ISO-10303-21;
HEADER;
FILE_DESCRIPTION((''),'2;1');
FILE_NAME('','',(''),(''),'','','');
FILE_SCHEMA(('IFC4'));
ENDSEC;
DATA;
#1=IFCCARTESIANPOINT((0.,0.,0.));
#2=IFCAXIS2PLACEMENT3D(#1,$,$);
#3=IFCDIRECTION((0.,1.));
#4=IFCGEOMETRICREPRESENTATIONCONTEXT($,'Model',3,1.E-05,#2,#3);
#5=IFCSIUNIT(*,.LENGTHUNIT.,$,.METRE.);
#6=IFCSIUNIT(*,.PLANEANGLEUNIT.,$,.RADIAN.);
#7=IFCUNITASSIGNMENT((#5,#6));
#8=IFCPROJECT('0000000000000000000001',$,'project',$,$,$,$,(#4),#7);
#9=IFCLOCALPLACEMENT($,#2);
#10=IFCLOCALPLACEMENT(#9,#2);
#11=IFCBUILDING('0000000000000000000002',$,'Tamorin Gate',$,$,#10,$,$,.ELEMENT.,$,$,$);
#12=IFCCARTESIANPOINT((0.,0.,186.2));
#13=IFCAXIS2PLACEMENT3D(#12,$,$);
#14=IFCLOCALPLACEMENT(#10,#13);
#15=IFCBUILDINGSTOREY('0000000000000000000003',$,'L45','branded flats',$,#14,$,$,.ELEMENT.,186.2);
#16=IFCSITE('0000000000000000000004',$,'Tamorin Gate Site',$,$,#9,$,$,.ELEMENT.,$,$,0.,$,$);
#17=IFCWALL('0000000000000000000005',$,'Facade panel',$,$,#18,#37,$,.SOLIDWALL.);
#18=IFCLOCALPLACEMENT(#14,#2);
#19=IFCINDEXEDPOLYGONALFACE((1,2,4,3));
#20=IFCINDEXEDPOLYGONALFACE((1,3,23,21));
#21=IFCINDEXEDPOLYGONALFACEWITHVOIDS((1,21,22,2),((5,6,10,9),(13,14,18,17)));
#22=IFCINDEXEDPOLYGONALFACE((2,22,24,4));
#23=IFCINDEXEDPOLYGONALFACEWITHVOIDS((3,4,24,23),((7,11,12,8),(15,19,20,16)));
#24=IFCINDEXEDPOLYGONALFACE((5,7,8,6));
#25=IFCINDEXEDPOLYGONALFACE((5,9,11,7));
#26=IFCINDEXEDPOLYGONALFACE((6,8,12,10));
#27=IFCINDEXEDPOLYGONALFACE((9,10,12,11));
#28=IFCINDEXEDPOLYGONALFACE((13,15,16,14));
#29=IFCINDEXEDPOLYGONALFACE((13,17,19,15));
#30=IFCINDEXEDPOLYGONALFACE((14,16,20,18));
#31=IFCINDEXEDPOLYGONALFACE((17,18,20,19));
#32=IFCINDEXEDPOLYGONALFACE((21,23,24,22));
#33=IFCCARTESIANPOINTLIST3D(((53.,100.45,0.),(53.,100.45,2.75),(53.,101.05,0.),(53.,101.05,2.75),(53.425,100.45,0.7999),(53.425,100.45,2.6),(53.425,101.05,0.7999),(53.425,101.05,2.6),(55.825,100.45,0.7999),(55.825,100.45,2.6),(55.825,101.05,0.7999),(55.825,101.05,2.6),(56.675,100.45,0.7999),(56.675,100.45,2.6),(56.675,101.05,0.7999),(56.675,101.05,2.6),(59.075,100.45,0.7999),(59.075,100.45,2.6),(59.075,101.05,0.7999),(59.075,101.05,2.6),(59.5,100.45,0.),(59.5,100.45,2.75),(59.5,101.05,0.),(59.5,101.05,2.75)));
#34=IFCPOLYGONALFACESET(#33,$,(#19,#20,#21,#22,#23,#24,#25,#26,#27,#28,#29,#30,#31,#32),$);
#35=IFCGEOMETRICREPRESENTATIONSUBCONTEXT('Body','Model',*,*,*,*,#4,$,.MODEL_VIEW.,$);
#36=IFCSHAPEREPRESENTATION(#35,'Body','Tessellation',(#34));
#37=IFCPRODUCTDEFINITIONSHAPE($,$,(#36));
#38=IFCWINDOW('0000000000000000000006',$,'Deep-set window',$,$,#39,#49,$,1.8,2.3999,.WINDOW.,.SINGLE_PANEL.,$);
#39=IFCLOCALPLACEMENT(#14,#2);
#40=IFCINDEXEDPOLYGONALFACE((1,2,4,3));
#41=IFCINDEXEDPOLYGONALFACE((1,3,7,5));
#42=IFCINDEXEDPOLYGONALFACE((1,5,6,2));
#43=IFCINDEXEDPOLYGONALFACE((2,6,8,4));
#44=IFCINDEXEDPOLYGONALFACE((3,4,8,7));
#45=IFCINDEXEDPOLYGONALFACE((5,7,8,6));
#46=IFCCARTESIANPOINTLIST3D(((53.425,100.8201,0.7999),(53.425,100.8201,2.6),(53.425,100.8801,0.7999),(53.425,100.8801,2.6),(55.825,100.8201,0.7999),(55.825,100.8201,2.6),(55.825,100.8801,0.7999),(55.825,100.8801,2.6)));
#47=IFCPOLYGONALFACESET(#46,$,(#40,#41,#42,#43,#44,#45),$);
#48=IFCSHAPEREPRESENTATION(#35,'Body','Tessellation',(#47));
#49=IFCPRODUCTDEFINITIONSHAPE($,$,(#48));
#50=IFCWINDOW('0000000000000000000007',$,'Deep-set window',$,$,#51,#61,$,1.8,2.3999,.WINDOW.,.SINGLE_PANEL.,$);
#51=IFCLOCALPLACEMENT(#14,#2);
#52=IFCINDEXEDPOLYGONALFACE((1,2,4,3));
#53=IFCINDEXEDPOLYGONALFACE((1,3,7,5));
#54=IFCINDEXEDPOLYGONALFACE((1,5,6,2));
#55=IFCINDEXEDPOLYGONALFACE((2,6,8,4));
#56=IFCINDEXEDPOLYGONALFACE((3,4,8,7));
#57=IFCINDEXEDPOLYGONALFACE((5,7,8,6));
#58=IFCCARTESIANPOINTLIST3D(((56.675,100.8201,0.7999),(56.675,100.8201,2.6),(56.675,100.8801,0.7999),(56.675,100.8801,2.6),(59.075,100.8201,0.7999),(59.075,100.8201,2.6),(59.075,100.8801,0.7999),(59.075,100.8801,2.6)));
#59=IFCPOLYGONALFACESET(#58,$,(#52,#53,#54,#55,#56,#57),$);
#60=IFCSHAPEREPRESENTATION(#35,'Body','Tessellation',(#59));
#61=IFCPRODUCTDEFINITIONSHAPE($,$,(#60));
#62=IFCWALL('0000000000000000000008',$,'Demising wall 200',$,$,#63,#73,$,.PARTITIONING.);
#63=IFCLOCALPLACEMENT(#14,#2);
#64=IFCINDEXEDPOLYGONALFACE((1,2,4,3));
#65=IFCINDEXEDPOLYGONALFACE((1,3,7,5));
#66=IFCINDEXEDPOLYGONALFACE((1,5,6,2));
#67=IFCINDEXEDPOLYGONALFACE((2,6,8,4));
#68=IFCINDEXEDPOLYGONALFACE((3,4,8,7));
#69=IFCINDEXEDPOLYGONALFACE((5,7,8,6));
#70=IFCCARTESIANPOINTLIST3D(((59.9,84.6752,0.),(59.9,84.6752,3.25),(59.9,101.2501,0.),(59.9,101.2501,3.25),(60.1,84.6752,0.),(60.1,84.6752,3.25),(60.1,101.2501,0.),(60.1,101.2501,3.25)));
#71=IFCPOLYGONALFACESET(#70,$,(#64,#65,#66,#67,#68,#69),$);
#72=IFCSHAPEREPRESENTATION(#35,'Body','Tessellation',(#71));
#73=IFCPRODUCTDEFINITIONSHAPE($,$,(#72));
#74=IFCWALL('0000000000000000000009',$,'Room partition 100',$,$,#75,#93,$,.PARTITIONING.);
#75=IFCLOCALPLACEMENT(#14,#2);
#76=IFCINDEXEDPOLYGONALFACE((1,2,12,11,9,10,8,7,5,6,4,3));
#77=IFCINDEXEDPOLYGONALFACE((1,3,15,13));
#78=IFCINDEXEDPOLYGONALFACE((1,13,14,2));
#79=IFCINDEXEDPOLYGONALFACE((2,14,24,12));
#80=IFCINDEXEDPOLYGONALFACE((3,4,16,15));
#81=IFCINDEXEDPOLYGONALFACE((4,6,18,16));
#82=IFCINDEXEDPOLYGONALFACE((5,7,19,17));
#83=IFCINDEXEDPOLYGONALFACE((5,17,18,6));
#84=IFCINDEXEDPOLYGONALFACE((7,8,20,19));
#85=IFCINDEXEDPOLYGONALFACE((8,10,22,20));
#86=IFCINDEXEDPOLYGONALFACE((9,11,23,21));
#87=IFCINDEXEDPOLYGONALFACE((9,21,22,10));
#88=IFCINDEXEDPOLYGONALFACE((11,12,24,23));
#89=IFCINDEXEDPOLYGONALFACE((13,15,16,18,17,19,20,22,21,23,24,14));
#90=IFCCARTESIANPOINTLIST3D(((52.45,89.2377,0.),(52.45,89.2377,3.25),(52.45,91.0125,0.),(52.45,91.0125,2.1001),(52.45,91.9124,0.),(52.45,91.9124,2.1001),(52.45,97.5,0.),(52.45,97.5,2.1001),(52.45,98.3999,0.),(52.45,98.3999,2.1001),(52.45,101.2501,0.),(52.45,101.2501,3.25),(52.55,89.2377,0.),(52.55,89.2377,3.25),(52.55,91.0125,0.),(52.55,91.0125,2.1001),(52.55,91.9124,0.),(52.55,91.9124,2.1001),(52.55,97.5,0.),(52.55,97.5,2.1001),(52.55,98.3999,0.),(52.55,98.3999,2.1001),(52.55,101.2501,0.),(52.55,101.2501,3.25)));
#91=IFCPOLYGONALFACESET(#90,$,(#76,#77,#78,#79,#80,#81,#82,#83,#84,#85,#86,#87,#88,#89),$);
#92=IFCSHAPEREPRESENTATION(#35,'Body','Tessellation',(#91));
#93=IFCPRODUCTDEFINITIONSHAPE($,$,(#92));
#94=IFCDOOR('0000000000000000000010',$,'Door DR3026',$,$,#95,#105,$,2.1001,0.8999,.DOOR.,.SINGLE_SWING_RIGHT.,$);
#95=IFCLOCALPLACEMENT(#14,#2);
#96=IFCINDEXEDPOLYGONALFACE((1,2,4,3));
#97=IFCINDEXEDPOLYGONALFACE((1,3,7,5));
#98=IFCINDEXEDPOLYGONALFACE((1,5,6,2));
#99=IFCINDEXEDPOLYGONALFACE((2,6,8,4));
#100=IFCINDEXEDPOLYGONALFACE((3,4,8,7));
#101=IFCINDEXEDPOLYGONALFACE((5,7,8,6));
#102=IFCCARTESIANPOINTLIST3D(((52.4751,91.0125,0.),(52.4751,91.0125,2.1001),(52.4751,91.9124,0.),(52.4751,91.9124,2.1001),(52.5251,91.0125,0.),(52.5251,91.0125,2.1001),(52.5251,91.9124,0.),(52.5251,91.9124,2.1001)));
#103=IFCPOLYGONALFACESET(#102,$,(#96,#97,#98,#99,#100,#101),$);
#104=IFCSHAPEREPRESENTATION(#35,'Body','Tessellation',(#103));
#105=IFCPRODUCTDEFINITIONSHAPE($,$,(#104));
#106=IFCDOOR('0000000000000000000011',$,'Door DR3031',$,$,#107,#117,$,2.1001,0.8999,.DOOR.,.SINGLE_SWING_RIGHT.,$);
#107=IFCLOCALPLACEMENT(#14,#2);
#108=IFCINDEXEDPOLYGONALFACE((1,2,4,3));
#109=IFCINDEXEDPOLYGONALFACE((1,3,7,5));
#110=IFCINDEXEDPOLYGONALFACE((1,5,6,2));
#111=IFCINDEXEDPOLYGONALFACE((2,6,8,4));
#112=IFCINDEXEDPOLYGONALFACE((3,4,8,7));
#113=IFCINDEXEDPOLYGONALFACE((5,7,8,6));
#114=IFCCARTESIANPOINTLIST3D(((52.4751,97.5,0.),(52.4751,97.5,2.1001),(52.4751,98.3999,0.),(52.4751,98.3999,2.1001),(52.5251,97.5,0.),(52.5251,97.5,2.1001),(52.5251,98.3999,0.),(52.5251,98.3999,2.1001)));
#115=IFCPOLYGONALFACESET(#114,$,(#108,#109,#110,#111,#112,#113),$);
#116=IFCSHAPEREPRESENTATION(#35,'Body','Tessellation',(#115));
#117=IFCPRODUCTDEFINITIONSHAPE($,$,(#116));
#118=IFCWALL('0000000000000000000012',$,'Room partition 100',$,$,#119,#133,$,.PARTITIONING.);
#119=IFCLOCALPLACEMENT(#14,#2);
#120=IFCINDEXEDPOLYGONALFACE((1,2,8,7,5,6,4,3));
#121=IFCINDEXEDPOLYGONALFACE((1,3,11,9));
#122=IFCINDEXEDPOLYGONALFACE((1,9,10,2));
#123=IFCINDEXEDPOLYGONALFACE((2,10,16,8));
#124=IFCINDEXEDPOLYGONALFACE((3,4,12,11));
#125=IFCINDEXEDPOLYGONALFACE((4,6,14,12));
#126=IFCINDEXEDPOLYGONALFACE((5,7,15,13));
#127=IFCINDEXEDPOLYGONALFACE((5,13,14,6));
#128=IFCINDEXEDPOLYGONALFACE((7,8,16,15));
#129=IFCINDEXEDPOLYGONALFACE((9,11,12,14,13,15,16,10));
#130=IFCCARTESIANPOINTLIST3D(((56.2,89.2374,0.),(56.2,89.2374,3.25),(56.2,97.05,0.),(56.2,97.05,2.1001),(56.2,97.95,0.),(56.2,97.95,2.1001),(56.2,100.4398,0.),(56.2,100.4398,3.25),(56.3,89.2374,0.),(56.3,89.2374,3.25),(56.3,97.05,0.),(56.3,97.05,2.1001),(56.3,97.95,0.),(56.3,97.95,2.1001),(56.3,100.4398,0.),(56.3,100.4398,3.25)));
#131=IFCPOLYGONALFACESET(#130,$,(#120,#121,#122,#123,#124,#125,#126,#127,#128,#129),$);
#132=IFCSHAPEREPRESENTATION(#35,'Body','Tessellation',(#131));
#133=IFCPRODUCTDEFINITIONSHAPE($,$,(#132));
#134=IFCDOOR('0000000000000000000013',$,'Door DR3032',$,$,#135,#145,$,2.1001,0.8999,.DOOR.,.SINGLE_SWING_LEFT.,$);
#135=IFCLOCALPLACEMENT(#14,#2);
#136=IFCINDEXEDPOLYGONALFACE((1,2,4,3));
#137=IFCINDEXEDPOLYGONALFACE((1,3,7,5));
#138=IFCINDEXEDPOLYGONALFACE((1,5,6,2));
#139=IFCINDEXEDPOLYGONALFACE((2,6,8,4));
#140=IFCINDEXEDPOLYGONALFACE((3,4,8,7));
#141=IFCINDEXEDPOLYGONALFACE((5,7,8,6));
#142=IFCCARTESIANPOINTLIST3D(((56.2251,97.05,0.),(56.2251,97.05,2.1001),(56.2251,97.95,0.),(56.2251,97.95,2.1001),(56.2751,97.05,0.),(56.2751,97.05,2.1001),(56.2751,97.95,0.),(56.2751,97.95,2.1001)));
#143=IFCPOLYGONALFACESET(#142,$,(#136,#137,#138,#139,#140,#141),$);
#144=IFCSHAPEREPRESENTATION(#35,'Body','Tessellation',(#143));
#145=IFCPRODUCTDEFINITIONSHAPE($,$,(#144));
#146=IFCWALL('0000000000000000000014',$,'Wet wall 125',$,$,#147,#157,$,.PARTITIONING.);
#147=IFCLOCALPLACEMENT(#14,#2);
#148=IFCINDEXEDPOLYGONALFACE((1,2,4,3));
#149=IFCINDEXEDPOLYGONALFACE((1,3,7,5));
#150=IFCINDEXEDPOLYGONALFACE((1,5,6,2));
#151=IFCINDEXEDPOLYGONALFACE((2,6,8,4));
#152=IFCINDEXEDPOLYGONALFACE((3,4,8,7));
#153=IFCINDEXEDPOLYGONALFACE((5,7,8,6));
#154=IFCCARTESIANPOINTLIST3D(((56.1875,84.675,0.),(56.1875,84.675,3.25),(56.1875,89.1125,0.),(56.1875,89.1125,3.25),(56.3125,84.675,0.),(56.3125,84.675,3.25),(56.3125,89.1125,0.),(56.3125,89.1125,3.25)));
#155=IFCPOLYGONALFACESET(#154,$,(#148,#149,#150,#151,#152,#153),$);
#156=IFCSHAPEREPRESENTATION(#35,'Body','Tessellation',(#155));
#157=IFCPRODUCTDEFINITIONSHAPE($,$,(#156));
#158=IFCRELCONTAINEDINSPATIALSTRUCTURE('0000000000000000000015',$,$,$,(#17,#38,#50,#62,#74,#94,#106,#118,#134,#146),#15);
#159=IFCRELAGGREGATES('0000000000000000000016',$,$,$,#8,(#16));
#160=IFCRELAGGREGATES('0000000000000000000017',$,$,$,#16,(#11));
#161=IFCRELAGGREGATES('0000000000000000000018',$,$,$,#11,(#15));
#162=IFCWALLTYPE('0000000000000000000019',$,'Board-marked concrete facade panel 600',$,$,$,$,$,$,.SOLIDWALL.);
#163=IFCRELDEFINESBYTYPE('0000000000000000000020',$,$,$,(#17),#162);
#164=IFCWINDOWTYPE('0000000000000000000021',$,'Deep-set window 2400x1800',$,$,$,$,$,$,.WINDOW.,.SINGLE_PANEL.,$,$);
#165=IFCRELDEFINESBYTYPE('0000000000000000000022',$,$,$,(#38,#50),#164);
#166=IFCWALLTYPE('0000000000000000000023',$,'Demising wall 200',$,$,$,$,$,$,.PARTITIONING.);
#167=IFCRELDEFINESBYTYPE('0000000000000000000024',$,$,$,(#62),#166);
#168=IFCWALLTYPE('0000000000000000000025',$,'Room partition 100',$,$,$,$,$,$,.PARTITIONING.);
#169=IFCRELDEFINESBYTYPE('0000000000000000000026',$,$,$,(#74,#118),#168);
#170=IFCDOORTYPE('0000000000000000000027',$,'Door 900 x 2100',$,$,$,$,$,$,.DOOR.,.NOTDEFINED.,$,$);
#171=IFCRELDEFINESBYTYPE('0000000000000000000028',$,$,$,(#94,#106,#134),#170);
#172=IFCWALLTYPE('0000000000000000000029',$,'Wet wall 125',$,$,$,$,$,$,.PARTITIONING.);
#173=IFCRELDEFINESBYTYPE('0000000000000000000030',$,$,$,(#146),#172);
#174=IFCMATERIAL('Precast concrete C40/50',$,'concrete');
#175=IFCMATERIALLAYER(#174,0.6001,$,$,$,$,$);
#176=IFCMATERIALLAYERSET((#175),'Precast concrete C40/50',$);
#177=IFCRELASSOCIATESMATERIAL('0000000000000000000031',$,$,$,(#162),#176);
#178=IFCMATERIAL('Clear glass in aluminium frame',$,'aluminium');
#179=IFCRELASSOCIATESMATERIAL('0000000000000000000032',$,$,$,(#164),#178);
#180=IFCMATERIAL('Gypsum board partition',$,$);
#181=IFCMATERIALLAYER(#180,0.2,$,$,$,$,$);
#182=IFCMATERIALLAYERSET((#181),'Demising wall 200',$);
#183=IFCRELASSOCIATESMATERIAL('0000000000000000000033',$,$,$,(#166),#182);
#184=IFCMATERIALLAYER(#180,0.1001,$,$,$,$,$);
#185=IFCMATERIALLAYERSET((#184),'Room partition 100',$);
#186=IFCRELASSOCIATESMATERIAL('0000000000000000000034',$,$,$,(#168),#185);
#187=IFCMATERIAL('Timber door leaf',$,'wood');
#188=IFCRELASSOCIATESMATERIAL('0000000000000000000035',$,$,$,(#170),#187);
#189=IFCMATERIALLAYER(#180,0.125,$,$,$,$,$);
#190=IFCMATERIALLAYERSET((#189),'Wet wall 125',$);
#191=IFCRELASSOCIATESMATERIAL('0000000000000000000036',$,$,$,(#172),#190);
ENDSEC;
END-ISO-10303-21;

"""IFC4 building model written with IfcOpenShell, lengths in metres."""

from ifc_helpers import new_model, si_unit, direction, frame, frame_2d, origin, place, context, subcontext, project, spatial, rectangle, extrude, material, layer, layer_set, type_object, element, fill, save


model = new_model("IFC4")

# Units and contexts
model_context = context("Model", 3, precision=1e-05, world=origin(), true_north=direction((0.0, 1.0)))
body_context = subcontext(model_context, "Body", "Model", "MODEL_VIEW")
ifc_project = project(units=[si_unit("LENGTHUNIT", "METRE"), si_unit("PLANEANGLEUNIT", "RADIAN")], contexts=[model_context])

# Site, building, storey
site_placement = place(None, origin())
site = spatial("IfcSite", under=ifc_project, at=site_placement, Name="Tamorin Gate Site", CompositionType="ELEMENT", RefElevation=0.0)
building_placement = place(site_placement, origin())
building = spatial("IfcBuilding", under=site, at=building_placement, Name="Tamorin Gate", CompositionType="ELEMENT")
storey_placement = place(building_placement, frame((0.0, 0.0, 186.2)))
storey = spatial("IfcBuildingStorey", under=building, at=storey_placement, Name="L45", Description="branded flats", CompositionType="ELEMENT", Elevation=186.2)

# Wall, openings, windows
ifc_material_1 = material(Name="Precast concrete C40/50", Category="concrete")
ifc_layer_1 = layer(ifc_material_1, 0.6001)
ifc_layer_set_1 = layer_set([ifc_layer_1], Name="Precast concrete C40/50")
wall_type_1 = type_object("IfcWallType", Name="Board-marked concrete facade panel 600", PredefinedType="SOLIDWALL", material=ifc_layer_set_1)
ifc_material_2 = material(Name="Clear glass in aluminium frame", Category="aluminium")
window_type = type_object("IfcWindowType", Name="Deep-set window 2400x1800", PartitioningType="SINGLE_PANEL", PredefinedType="WINDOW", material=ifc_material_2)
wall_1_placement = place(storey_placement, frame((59.5, 100.75, 0.0), z_axis=(0.0, 0.0, 1.0), x_axis=(-1.0, 0.0, 0.0)))
wall_1 = element("IfcWall", 1, at=wall_1_placement, inside=storey, type_object=wall_type_1, Name="Facade panel", PredefinedType="SOLIDWALL", context=body_context, shape_type="SweptSolid", body=[
    extrude(rectangle(XDim=6.5, YDim=0.6001, at=frame_2d((3.25, 0.0))), origin(), (0.0, 0.0, 1.0), 2.75),
])
opening_1_placement = place(wall_1_placement, frame((3.675, 0.0, 0.8)))
opening_1 = element("IfcOpeningElement", 2, at=opening_1_placement, cuts=wall_1, PredefinedType="OPENING", context=body_context, shape_type="SweptSolid", body=[
    extrude(rectangle(XDim=2.3999, YDim=1.8, at=frame_2d((1.2, 0.8999))), frame((0.0, 0.3101, 0.0), z_axis=(0.0, -1.0, 0.0), x_axis=(1.0, 0.0, 0.0)), (0.0, 0.0, 1.0), 0.6201),
])
opening_2_placement = place(wall_1_placement, frame((0.425, 0.0, 0.8)))
opening_2 = element("IfcOpeningElement", 3, at=opening_2_placement, cuts=wall_1, PredefinedType="OPENING", context=body_context, shape_type="SweptSolid", body=[
    extrude(rectangle(XDim=2.3999, YDim=1.8, at=frame_2d((1.2, 0.8999))), frame((0.0, 0.3101, 0.0), z_axis=(0.0, -1.0, 0.0), x_axis=(1.0, 0.0, 0.0)), (0.0, 0.0, 1.0), 0.6201),
])
window_1_placement = place(opening_1_placement, origin())
window_1 = element("IfcWindow", 4, at=window_1_placement, inside=storey, type_object=window_type, Name="Deep-set window", OverallHeight=1.8, OverallWidth=2.3999, PartitioningType="SINGLE_PANEL", PredefinedType="WINDOW", context=body_context, shape_type="SweptSolid", body=[
    extrude(rectangle(XDim=2.3999, YDim=1.8, at=frame_2d((1.2, 0.8999))), frame((0.0, -0.0701, 0.0), z_axis=(0.0, -1.0, 0.0), x_axis=(1.0, 0.0, 0.0)), (0.0, 0.0, 1.0), 0.0601),
])
fill(opening_1, window_1)
window_2_placement = place(opening_2_placement, origin())
window_2 = element("IfcWindow", 5, at=window_2_placement, inside=storey, type_object=window_type, Name="Deep-set window", OverallHeight=1.8, OverallWidth=2.3999, PartitioningType="SINGLE_PANEL", PredefinedType="WINDOW", context=body_context, shape_type="SweptSolid", body=[
    extrude(rectangle(XDim=2.3999, YDim=1.8, at=frame_2d((1.2, 0.8999))), frame((0.0, -0.0701, 0.0), z_axis=(0.0, -1.0, 0.0), x_axis=(1.0, 0.0, 0.0)), (0.0, 0.0, 1.0), 0.0601),
])
fill(opening_2, window_2)

# Wall
ifc_material_3 = material(Name="Gypsum board partition")
ifc_layer_2 = layer(ifc_material_3, 0.2)
ifc_layer_set_2 = layer_set([ifc_layer_2], Name="Demising wall 200")
wall_type_2 = type_object("IfcWallType", Name="Demising wall 200", PredefinedType="PARTITIONING", material=ifc_layer_set_2)
wall_2_placement = place(storey_placement, frame((60.0, 84.675, 0.0), z_axis=(0.0, 0.0, 1.0), x_axis=(0.0, 1.0, 0.0)))
element("IfcWall", 6, at=wall_2_placement, inside=storey, type_object=wall_type_2, Name="Demising wall 200", PredefinedType="PARTITIONING", context=body_context, shape_type="SweptSolid", body=[
    extrude(rectangle(XDim=16.575, YDim=0.2, at=frame_2d((8.2876, 0.0))), origin(), (0.0, 0.0, 1.0), 3.25),
])

# Wall, openings, doors
ifc_layer_3 = layer(ifc_material_3, 0.1001)
ifc_layer_set_3 = layer_set([ifc_layer_3], Name="Room partition 100")
wall_type_3 = type_object("IfcWallType", Name="Room partition 100", PredefinedType="PARTITIONING", material=ifc_layer_set_3)
wall_3_placement = place(storey_placement, frame((52.5, 89.2375, 0.0), z_axis=(0.0, 0.0, 1.0), x_axis=(0.0, 1.0, 0.0)))
wall_3 = element("IfcWall", 7, at=wall_3_placement, inside=storey, type_object=wall_type_3, Name="Room partition 100", PredefinedType="PARTITIONING", context=body_context, shape_type="SweptSolid", body=[
    extrude(rectangle(XDim=12.0125, YDim=0.1001, at=frame_2d((6.0063, 0.0))), origin(), (0.0, 0.0, 1.0), 3.25),
])
opening_3_placement = place(wall_3_placement, frame((1.7749, 0.0, 0.0)))
opening_3 = element("IfcOpeningElement", 8, at=opening_3_placement, cuts=wall_3, PredefinedType="OPENING", context=body_context, shape_type="SweptSolid", body=[
    extrude(rectangle(XDim=0.8999, YDim=2.1001, at=frame_2d((0.45, 1.05))), frame((0.0, 0.0601, 0.0), z_axis=(0.0, -1.0, 0.0), x_axis=(1.0, 0.0, 0.0)), (0.0, 0.0, 1.0), 0.1201),
])
opening_4_placement = place(wall_3_placement, frame((8.2625, 0.0, 0.0)))
opening_4 = element("IfcOpeningElement", 9, at=opening_4_placement, cuts=wall_3, PredefinedType="OPENING", context=body_context, shape_type="SweptSolid", body=[
    extrude(rectangle(XDim=0.8999, YDim=2.1001, at=frame_2d((0.45, 1.05))), frame((0.0, 0.0601, 0.0), z_axis=(0.0, -1.0, 0.0), x_axis=(1.0, 0.0, 0.0)), (0.0, 0.0, 1.0), 0.1201),
])
ifc_material_4 = material(Name="Timber door leaf", Category="wood")
door_type = type_object("IfcDoorType", Name="Door 900 x 2100", OperationType="NOTDEFINED", PredefinedType="DOOR", material=ifc_material_4)
door_1_placement = place(opening_3_placement, origin())
door_1 = element("IfcDoor", 10, at=door_1_placement, inside=storey, type_object=door_type, Name="Door DR3026", OperationType="SINGLE_SWING_RIGHT", OverallHeight=2.1001, OverallWidth=0.8999, PredefinedType="DOOR", context=body_context, shape_type="SweptSolid", body=[
    extrude(rectangle(XDim=0.8999, YDim=2.1001, at=frame_2d((0.45, 1.05))), frame((0.0, 0.0249, 0.0), z_axis=(0.0, -1.0, 0.0), x_axis=(1.0, 0.0, 0.0)), (0.0, 0.0, 1.0), 0.05),
])
fill(opening_3, door_1)
door_2_placement = place(opening_4_placement, origin())
door_2 = element("IfcDoor", 11, at=door_2_placement, inside=storey, type_object=door_type, Name="Door DR3031", OperationType="SINGLE_SWING_RIGHT", OverallHeight=2.1001, OverallWidth=0.8999, PredefinedType="DOOR", context=body_context, shape_type="SweptSolid", body=[
    extrude(rectangle(XDim=0.8999, YDim=2.1001, at=frame_2d((0.45, 1.05))), frame((0.0, 0.0249, 0.0), z_axis=(0.0, -1.0, 0.0), x_axis=(1.0, 0.0, 0.0)), (0.0, 0.0, 1.0), 0.05),
])
fill(opening_4, door_2)

# Wall, opening, door
wall_4_placement = place(storey_placement, frame((56.25, 89.2375, 0.0), z_axis=(0.0, 0.0, 1.0), x_axis=(0.0, 1.0, 0.0)))
wall_4 = element("IfcWall", 12, at=wall_4_placement, inside=storey, type_object=wall_type_3, Name="Room partition 100", PredefinedType="PARTITIONING", context=body_context, shape_type="SweptSolid", body=[
    extrude(rectangle(XDim=11.2024, YDim=0.1001, at=frame_2d((5.6011, 0.0))), origin(), (0.0, 0.0, 1.0), 3.25),
])
opening_5_placement = place(wall_4_placement, frame((7.8125, 0.0, 0.0)))
opening_5 = element("IfcOpeningElement", 13, at=opening_5_placement, cuts=wall_4, PredefinedType="OPENING", context=body_context, shape_type="SweptSolid", body=[
    extrude(rectangle(XDim=0.8999, YDim=2.1001, at=frame_2d((0.45, 1.05))), frame((0.0, 0.0601, 0.0), z_axis=(0.0, -1.0, 0.0), x_axis=(1.0, 0.0, 0.0)), (0.0, 0.0, 1.0), 0.1201),
])
door_3_placement = place(opening_5_placement, origin())
door_3 = element("IfcDoor", 14, at=door_3_placement, inside=storey, type_object=door_type, Name="Door DR3032", OperationType="SINGLE_SWING_LEFT", OverallHeight=2.1001, OverallWidth=0.8999, PredefinedType="DOOR", context=body_context, shape_type="SweptSolid", body=[
    extrude(rectangle(XDim=0.8999, YDim=2.1001, at=frame_2d((0.45, 1.05))), frame((0.0, 0.0249, 0.0), z_axis=(0.0, -1.0, 0.0), x_axis=(1.0, 0.0, 0.0)), (0.0, 0.0, 1.0), 0.05),
])
fill(opening_5, door_3)

# Wall
ifc_layer_4 = layer(ifc_material_3, 0.125)
ifc_layer_set_4 = layer_set([ifc_layer_4], Name="Wet wall 125")
wall_type_4 = type_object("IfcWallType", Name="Wet wall 125", PredefinedType="PARTITIONING", material=ifc_layer_set_4)
wall_5_placement = place(storey_placement, frame((56.25, 84.675, 0.0), z_axis=(0.0, 0.0, 1.0), x_axis=(0.0, 1.0, 0.0)))
element("IfcWall", 15, at=wall_5_placement, inside=storey, type_object=wall_type_4, Name="Wet wall 125", PredefinedType="PARTITIONING", context=body_context, shape_type="SweptSolid", body=[
    extrude(rectangle(XDim=4.4375, YDim=0.125, at=frame_2d((2.2188, 0.0))), origin(), (0.0, 0.0, 1.0), 3.25),
])

save(model, "model.ifc")
